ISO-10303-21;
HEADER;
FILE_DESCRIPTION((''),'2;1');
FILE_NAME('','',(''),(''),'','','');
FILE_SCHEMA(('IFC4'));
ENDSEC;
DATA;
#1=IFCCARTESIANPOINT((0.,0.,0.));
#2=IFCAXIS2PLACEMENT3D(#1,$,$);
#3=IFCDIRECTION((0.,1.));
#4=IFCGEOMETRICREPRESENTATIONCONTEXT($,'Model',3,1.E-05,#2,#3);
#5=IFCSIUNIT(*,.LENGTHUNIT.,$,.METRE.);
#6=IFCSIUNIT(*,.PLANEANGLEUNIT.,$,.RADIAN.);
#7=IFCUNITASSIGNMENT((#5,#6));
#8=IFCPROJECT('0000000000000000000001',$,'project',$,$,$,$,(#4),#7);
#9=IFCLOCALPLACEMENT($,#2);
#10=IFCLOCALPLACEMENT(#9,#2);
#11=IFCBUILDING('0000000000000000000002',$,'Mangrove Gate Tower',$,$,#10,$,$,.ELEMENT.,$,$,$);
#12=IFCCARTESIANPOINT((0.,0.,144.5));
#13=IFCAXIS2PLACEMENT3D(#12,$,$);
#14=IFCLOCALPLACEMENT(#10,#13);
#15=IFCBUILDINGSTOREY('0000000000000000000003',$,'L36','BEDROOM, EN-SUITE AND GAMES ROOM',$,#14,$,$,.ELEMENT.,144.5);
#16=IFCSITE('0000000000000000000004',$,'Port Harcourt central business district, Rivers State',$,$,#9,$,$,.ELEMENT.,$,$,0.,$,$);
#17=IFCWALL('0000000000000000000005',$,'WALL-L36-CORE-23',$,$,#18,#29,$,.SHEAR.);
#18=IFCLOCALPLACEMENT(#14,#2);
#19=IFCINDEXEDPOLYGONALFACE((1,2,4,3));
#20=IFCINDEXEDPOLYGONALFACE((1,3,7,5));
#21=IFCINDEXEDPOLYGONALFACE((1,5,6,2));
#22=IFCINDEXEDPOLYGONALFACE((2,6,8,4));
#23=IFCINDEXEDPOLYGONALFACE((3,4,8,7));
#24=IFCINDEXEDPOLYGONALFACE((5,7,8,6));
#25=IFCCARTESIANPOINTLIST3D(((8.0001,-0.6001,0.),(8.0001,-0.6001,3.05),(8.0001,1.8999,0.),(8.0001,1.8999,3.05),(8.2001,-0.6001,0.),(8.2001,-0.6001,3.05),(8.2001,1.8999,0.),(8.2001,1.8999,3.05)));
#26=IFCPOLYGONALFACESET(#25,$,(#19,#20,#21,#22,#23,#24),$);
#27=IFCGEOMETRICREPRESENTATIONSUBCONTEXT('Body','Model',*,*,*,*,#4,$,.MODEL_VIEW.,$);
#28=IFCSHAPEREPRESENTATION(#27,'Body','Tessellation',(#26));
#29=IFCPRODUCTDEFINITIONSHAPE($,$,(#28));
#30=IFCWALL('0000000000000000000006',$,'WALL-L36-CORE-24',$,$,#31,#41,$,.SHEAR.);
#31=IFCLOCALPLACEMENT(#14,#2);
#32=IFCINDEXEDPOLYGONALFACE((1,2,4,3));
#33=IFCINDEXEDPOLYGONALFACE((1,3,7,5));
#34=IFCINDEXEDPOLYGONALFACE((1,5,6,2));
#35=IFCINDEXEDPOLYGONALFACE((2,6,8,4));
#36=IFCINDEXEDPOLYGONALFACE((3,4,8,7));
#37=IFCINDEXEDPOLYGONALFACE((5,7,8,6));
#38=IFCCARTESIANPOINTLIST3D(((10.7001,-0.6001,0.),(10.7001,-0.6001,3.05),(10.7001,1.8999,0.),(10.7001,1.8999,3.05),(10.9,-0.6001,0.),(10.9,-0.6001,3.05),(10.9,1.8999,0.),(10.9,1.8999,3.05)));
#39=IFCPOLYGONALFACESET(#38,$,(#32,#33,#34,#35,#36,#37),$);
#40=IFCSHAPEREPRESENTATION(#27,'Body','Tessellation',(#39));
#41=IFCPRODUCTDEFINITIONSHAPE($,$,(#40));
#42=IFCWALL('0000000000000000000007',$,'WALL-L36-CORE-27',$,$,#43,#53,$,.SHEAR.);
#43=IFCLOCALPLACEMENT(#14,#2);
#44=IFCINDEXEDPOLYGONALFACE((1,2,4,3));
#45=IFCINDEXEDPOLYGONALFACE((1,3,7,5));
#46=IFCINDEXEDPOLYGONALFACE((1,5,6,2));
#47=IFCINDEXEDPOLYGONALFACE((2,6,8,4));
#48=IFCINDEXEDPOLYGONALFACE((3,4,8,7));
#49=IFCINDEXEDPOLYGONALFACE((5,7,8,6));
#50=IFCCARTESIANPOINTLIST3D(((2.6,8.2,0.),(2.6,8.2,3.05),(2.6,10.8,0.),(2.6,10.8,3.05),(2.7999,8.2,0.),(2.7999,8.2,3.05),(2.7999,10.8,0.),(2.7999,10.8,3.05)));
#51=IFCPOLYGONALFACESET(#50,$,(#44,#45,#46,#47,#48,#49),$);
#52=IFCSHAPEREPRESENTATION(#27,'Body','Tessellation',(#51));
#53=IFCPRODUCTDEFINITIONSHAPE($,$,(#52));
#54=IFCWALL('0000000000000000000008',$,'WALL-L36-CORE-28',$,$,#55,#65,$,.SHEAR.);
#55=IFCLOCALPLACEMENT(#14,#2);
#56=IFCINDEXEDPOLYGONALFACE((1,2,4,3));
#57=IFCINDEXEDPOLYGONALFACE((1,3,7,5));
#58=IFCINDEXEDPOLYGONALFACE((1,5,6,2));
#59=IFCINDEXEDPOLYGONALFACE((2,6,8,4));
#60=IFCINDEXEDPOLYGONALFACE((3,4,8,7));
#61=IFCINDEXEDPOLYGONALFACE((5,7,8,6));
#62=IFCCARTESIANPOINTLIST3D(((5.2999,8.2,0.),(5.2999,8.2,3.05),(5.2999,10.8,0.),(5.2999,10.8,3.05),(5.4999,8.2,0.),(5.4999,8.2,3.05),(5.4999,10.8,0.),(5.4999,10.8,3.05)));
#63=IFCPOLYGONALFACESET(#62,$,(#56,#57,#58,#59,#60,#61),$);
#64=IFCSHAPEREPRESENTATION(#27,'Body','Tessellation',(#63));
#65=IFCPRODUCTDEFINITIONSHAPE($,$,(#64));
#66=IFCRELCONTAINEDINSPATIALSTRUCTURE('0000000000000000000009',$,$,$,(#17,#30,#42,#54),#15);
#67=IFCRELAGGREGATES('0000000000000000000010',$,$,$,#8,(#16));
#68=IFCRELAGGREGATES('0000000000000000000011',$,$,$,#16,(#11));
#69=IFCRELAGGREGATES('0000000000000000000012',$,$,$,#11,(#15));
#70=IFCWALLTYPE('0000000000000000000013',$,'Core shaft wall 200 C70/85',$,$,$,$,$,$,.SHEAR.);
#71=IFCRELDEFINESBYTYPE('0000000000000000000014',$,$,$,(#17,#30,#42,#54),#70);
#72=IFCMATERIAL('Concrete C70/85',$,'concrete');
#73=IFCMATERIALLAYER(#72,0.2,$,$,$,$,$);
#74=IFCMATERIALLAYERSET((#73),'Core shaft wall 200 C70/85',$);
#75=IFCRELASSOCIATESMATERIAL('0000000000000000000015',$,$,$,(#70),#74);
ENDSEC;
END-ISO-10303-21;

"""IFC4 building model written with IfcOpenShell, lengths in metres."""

from ifc_helpers import new_model, si_unit, direction, frame, frame_2d, origin, place, context, subcontext, project, spatial, rectangle, extrude, material, layer, layer_set, type_object, element, save


model = new_model("IFC4")

# Units and contexts
model_context = context("Model", 3, precision=1e-05, world=origin(), true_north=direction((0.0, 1.0)))
body_context = subcontext(model_context, "Body", "Model", "MODEL_VIEW")
ifc_project = project(units=[si_unit("LENGTHUNIT", "METRE"), si_unit("PLANEANGLEUNIT", "RADIAN")], contexts=[model_context])

# Site, building, storey
site_placement = place(None, origin())
site = spatial("IfcSite", under=ifc_project, at=site_placement, Name="Port Harcourt central business district, Rivers State", CompositionType="ELEMENT", RefElevation=0.0)
building_placement = place(site_placement, origin())
building = spatial("IfcBuilding", under=site, at=building_placement, Name="Mangrove Gate Tower", CompositionType="ELEMENT")
storey_placement = place(building_placement, frame((0.0, 0.0, 144.5)))
storey = spatial("IfcBuildingStorey", under=building, at=storey_placement, Name="L36", Description="BEDROOM, EN-SUITE AND GAMES ROOM", CompositionType="ELEMENT", Elevation=144.5)

# Walls
ifc_material_1 = material(Name="Concrete C70/85", Category="concrete")
ifc_layer_1 = layer(ifc_material_1, 0.2)
ifc_layer_set_1 = layer_set([ifc_layer_1], Name="Core shaft wall 200 C70/85")
wall_type = type_object("IfcWallType", Name="Core shaft wall 200 C70/85", PredefinedType="SHEAR", material=ifc_layer_set_1)
for number, where, z_axis, x_axis, name in (
    (1, (8.1001, -0.6001, 0.0), (0.0, 0.0, 1.0), (0.0, 1.0, 0.0), "WALL-L36-CORE-23"),
    (2, (10.8, -0.6001, 0.0), (0.0, 0.0, 1.0), (0.0, 1.0, 0.0), "WALL-L36-CORE-24"),
):
    element("IfcWall", number, at=place(storey_placement, frame(where, z_axis=z_axis, x_axis=x_axis)), inside=storey, type_object=wall_type, Name=name, PredefinedType="SHEAR", context=body_context, shape_type="SweptSolid", body=[
        extrude(rectangle(XDim=2.5, YDim=0.2, at=frame_2d((1.25, 0.0))), origin(), (0.0, 0.0, 1.0), 3.05),
    ])
for number, where, z_axis, x_axis, name in (
    (3, (2.7, 8.2, 0.0), (0.0, 0.0, 1.0), (0.0, 1.0, 0.0), "WALL-L36-CORE-27"),
    (4, (5.3999, 8.2, 0.0), (0.0, 0.0, 1.0), (0.0, 1.0, 0.0), "WALL-L36-CORE-28"),
):
    element("IfcWall", number, at=place(storey_placement, frame(where, z_axis=z_axis, x_axis=x_axis)), inside=storey, type_object=wall_type, Name=name, PredefinedType="SHEAR", context=body_context, shape_type="SweptSolid", body=[
        extrude(rectangle(XDim=2.6001, YDim=0.2, at=frame_2d((1.3, 0.0))), origin(), (0.0, 0.0, 1.0), 3.05),
    ])

save(model, "model.ifc")
